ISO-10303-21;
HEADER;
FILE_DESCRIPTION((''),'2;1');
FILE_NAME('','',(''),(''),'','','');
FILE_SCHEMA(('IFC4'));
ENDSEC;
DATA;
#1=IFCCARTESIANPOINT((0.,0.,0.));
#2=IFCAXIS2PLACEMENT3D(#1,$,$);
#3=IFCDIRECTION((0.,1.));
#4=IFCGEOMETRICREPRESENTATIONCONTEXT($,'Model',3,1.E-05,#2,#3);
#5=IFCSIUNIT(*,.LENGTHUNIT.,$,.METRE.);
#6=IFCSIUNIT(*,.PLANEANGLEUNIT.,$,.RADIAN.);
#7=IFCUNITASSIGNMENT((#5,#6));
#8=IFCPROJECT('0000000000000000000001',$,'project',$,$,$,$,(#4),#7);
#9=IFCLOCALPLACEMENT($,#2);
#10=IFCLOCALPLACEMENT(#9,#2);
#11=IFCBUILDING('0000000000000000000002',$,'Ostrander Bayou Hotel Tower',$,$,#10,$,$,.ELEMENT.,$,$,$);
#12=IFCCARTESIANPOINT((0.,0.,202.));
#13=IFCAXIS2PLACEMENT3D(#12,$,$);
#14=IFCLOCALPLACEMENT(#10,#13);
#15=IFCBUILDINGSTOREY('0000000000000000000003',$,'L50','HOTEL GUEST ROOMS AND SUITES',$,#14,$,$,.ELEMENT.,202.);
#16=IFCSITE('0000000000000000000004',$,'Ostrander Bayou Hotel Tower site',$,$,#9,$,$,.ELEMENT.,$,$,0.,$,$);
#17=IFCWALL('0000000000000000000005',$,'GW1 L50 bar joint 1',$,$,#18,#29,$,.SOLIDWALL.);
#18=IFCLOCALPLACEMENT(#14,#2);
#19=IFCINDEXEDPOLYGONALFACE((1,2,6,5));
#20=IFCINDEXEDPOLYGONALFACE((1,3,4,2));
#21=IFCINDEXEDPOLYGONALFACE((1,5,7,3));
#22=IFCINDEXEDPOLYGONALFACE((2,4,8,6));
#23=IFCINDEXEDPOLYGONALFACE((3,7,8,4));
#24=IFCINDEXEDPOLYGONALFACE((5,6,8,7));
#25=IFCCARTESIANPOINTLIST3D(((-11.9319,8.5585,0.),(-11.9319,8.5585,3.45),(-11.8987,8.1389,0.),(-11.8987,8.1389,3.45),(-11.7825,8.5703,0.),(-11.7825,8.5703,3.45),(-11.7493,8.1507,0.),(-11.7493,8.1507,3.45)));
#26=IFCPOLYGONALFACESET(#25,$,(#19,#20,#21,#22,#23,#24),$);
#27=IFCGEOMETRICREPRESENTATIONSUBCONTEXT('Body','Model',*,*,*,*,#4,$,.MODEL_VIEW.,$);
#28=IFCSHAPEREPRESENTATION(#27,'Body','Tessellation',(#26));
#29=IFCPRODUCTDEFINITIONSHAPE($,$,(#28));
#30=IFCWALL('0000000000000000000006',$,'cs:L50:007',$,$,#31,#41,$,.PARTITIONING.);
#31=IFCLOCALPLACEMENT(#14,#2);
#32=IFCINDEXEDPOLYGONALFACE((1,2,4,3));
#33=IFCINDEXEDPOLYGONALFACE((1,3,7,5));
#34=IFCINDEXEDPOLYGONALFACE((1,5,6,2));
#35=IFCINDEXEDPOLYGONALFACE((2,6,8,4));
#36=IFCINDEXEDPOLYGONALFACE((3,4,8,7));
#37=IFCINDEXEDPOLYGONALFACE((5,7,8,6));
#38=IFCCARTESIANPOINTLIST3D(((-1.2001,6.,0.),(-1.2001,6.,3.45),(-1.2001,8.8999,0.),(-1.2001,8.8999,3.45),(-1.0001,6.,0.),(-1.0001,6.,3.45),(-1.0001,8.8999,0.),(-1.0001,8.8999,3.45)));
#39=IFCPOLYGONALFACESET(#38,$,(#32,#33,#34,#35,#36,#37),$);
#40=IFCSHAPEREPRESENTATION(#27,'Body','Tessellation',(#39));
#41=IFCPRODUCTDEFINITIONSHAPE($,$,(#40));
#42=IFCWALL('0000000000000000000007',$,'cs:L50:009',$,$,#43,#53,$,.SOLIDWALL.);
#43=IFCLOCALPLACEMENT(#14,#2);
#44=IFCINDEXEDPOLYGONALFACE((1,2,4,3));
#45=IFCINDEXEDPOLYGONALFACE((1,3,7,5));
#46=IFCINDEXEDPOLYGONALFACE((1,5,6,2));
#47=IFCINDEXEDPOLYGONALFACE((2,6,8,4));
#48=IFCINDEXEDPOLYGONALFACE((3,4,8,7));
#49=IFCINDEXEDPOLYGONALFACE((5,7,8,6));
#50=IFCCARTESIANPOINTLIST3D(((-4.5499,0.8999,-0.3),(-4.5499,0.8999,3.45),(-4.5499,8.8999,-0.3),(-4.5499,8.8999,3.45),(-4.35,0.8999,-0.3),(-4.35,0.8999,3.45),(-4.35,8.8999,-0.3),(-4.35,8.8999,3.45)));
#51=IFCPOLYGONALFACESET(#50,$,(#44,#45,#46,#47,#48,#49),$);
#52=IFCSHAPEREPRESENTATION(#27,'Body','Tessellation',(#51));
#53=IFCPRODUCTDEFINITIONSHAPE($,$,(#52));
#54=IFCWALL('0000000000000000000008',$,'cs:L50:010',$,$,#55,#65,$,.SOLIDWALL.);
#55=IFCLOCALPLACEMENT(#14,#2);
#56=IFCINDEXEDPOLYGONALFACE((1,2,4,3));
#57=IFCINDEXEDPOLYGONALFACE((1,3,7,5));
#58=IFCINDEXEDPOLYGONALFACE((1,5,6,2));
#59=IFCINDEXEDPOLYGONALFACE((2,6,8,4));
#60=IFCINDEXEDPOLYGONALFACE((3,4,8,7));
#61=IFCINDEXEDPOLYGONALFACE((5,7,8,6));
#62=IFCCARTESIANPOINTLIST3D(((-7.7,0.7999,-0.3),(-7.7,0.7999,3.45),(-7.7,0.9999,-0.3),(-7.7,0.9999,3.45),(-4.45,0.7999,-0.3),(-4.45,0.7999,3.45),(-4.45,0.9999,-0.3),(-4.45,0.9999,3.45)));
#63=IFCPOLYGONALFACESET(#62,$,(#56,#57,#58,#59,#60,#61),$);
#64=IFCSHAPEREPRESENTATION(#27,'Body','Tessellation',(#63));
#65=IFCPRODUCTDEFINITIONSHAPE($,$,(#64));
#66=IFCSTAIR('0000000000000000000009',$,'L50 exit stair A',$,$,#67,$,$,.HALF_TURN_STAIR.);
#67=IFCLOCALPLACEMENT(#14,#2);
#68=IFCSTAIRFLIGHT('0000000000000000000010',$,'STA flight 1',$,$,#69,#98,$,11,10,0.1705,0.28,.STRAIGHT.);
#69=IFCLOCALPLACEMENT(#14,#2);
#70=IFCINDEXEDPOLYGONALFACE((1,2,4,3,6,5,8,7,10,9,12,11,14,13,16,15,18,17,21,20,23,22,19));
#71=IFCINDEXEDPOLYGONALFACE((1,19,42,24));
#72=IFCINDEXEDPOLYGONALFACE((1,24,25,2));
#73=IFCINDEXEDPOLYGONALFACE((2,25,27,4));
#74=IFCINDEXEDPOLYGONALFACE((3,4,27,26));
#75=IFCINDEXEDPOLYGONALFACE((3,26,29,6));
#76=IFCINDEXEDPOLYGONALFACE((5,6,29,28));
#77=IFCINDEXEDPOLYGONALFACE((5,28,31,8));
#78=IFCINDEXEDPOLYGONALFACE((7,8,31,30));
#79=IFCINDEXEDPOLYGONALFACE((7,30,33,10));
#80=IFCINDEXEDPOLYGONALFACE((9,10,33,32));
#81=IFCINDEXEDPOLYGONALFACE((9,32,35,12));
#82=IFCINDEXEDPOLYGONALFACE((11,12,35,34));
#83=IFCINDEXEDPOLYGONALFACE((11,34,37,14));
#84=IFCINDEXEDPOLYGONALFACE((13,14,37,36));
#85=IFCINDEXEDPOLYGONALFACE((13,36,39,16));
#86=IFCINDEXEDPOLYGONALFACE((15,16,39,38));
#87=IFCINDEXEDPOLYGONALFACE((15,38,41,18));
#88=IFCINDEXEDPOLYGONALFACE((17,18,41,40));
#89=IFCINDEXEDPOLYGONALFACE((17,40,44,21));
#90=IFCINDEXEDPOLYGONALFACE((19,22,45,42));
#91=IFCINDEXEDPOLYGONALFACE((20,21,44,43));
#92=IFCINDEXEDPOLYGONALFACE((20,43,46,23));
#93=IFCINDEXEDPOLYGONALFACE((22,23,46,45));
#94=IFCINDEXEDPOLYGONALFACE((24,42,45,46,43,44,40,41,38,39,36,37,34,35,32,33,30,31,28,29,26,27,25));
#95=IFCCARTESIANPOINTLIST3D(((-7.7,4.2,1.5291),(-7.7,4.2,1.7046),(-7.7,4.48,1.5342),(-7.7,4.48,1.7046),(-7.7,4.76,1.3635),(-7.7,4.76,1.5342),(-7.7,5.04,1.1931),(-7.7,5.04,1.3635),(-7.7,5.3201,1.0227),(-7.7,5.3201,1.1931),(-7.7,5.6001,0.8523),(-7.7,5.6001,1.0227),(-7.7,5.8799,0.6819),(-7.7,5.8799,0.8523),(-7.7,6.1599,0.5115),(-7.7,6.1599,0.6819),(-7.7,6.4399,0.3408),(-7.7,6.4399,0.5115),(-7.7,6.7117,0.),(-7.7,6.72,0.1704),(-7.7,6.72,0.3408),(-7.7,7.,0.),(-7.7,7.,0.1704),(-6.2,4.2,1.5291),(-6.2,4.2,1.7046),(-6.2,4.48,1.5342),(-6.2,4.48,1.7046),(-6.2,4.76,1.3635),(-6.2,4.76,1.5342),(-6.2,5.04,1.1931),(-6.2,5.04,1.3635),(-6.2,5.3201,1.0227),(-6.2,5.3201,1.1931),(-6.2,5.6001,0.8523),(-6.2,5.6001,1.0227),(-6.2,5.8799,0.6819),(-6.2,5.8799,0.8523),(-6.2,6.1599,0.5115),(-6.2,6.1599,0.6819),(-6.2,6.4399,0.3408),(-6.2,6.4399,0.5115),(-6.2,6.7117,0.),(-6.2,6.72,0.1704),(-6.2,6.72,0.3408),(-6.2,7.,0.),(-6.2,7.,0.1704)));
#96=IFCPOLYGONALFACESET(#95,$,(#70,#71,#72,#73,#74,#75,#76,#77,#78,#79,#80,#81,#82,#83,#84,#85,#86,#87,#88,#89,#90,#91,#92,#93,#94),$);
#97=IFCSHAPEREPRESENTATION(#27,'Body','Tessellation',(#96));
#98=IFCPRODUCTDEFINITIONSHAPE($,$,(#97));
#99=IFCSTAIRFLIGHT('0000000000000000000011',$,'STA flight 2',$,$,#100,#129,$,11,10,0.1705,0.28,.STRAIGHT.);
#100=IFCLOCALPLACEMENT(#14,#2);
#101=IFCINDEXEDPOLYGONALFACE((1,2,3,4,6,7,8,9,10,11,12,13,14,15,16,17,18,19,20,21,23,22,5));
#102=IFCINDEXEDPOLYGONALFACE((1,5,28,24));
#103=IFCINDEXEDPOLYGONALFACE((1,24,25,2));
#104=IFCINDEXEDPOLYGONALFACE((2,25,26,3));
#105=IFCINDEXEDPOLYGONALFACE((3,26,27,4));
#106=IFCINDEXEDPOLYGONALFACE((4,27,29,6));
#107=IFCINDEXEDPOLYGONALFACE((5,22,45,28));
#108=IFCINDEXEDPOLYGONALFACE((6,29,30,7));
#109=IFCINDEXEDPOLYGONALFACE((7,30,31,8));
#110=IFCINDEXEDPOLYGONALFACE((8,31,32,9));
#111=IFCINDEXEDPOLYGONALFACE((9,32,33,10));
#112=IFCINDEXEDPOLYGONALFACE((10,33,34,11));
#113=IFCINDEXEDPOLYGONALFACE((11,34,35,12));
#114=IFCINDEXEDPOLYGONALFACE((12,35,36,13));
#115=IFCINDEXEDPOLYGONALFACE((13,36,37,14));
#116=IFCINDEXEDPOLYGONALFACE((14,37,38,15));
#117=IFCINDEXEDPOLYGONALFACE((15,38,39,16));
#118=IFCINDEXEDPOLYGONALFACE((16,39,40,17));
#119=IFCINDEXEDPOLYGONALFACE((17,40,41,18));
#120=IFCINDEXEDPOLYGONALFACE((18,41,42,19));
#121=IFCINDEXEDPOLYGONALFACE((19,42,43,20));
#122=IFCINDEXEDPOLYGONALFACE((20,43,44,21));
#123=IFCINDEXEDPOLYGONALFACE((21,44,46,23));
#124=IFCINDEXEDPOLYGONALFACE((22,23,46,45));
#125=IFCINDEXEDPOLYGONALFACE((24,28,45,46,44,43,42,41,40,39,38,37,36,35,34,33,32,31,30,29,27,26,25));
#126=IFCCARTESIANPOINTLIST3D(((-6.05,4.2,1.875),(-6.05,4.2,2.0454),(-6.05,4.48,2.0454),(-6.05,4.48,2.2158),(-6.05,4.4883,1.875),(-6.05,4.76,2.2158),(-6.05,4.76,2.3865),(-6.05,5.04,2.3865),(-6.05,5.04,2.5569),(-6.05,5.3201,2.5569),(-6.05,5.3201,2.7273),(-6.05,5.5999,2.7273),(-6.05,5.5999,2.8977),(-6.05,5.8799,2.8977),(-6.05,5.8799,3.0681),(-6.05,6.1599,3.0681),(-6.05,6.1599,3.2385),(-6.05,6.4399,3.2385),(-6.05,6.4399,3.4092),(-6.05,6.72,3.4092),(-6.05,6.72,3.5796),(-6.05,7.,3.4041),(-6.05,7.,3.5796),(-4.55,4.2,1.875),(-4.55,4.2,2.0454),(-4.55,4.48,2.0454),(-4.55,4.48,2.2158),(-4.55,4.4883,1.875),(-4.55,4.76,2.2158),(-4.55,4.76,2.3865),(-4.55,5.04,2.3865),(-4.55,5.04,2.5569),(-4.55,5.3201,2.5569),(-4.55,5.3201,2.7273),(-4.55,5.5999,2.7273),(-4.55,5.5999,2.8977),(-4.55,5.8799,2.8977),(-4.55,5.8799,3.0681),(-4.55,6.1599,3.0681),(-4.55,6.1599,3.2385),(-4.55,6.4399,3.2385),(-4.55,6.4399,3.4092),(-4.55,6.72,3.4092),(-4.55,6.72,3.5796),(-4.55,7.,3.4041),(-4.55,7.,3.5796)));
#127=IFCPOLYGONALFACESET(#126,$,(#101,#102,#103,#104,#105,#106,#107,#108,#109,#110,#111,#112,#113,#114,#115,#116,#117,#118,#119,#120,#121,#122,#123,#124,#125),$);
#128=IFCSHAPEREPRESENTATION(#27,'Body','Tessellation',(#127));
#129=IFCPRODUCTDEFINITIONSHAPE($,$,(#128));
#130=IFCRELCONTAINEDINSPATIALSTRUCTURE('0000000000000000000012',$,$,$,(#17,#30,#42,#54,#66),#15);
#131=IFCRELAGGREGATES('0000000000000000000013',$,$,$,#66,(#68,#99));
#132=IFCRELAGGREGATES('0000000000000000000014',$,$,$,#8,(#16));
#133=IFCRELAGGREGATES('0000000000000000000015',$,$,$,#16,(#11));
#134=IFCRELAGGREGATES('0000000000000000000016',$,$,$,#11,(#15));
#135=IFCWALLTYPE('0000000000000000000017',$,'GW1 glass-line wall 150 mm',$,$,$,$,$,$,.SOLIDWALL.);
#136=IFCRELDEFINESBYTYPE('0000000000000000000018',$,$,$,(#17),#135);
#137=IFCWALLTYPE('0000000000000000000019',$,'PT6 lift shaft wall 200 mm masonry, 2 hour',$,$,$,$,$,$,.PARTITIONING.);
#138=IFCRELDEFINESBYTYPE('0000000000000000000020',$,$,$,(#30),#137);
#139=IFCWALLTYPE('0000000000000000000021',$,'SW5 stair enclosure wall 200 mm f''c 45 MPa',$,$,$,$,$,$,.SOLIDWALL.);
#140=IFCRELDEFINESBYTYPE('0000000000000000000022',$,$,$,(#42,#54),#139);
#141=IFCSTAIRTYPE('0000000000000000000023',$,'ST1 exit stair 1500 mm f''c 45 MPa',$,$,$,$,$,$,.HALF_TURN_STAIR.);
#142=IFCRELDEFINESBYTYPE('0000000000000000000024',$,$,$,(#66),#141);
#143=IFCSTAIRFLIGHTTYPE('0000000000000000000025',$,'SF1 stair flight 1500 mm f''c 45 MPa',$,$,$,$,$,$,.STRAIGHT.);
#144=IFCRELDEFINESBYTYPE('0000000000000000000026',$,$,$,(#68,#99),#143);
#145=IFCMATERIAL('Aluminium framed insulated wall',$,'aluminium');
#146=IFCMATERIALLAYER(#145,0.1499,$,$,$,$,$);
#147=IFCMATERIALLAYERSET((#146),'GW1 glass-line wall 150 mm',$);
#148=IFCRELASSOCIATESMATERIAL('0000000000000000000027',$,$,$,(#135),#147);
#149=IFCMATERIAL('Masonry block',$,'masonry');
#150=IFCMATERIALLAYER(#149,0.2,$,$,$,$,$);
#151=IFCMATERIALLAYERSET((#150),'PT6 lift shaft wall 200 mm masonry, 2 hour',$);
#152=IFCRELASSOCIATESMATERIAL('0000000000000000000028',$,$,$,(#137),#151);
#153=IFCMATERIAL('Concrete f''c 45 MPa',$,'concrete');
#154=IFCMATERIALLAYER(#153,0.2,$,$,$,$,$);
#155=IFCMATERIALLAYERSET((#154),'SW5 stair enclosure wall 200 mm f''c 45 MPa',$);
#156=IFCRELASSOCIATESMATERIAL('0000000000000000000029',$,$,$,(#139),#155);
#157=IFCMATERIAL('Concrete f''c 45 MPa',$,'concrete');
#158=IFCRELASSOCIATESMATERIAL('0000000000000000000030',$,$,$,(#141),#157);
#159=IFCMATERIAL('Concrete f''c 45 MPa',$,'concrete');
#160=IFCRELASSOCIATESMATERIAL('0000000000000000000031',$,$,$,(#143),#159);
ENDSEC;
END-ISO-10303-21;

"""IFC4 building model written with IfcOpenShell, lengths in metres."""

from ifc_helpers import new_model, si_unit, direction, frame, frame_2d, origin, place, context, subcontext, project, spatial, polyline, rectangle, outline, extrude, material, layer, layer_set, type_object, element, aggregate, save


model = new_model("IFC4")

# Units and contexts
model_context = context("Model", 3, precision=1e-05, world=origin(), true_north=direction((0.0, 1.0)))
body_context = subcontext(model_context, "Body", "Model", "MODEL_VIEW")
ifc_project = project(units=[si_unit("LENGTHUNIT", "METRE"), si_unit("PLANEANGLEUNIT", "RADIAN")], contexts=[model_context])

# Site, building, storey
site_placement = place(None, origin())
site = spatial("IfcSite", under=ifc_project, at=site_placement, Name="Ostrander Bayou Hotel Tower site", CompositionType="ELEMENT", RefElevation=0.0)
building_placement = place(site_placement, origin())
building = spatial("IfcBuilding", under=site, at=building_placement, Name="Ostrander Bayou Hotel Tower", CompositionType="ELEMENT")
storey_placement = place(building_placement, frame((0.0, 0.0, 202.0)))
storey = spatial("IfcBuildingStorey", under=building, at=storey_placement, Name="L50", Description="HOTEL GUEST ROOMS AND SUITES", CompositionType="ELEMENT", Elevation=202.0)

# Wall
ifc_material_1 = material(Name="Aluminium framed insulated wall", Category="aluminium")
ifc_layer_1 = layer(ifc_material_1, 0.1499)
ifc_layer_set_1 = layer_set([ifc_layer_1], Name="GW1 glass-line wall 150 mm")
wall_type_1 = type_object("IfcWallType", Name="GW1 glass-line wall 150 mm", PredefinedType="SOLIDWALL", material=ifc_layer_set_1)
wall_1_placement = place(storey_placement, frame((-11.824, 8.1448, 0.0), z_axis=(0.0, 0.0, 1.0), x_axis=(-0.078869, 0.996885, 0.0)))
element("IfcWall", 1, at=wall_1_placement, inside=storey, type_object=wall_type_1, Name="GW1 L50 bar joint 1", PredefinedType="SOLIDWALL", context=body_context, shape_type="SweptSolid", body=[
    extrude(rectangle(XDim=0.4209, YDim=0.1499, at=frame_2d((0.2104, 0.0))), origin(), (0.0, 0.0, 1.0), 3.45),
])

# Shared definitions
ifc_material_2 = material(Name="Masonry block", Category="masonry")
ifc_layer_2 = layer(ifc_material_2, 0.2)
ifc_layer_set_2 = layer_set([ifc_layer_2], Name="PT6 lift shaft wall 200 mm masonry, 2 hour")
wall_type_2 = type_object("IfcWallType", Name="PT6 lift shaft wall 200 mm masonry, 2 hour", PredefinedType="PARTITIONING", material=ifc_layer_set_2)

# Walls
wall_2_placement = place(storey_placement, frame((-1.1001, 6.0, 0.0), z_axis=(0.0, 0.0, 1.0), x_axis=(0.0, 1.0, 0.0)))
element("IfcWall", 2, at=wall_2_placement, inside=storey, type_object=wall_type_2, Name="cs:L50:007", PredefinedType="PARTITIONING", context=body_context, shape_type="SweptSolid", body=[
    extrude(rectangle(XDim=2.8999, YDim=0.2, at=frame_2d((1.45, 0.0))), origin(), (0.0, 0.0, 1.0), 3.45),
])
ifc_material_3 = material(Name="Concrete f'c 45 MPa", Category="concrete")
ifc_layer_3 = layer(ifc_material_3, 0.2)
ifc_layer_set_3 = layer_set([ifc_layer_3], Name="SW5 stair enclosure wall 200 mm f'c 45 MPa")
wall_type_3 = type_object("IfcWallType", Name="SW5 stair enclosure wall 200 mm f'c 45 MPa", PredefinedType="SOLIDWALL", material=ifc_layer_set_3)
wall_3_placement = place(storey_placement, frame((-4.45, 0.8999, -0.3), z_axis=(0.0, 0.0, 1.0), x_axis=(0.0, 1.0, 0.0)))
element("IfcWall", 3, at=wall_3_placement, inside=storey, type_object=wall_type_3, Name="cs:L50:009", PredefinedType="SOLIDWALL", context=body_context, shape_type="SweptSolid", body=[
    extrude(rectangle(XDim=8.0, YDim=0.2, at=frame_2d((4.0, 0.0))), origin(), (0.0, 0.0, 1.0), 3.75),
])
wall_4_placement = place(storey_placement, frame((-7.7, 0.8999, -0.3), z_axis=(0.0, 0.0, 1.0), x_axis=(1.0, 0.0, 0.0)))
element("IfcWall", 4, at=wall_4_placement, inside=storey, type_object=wall_type_3, Name="cs:L50:010", PredefinedType="SOLIDWALL", context=body_context, shape_type="SweptSolid", body=[
    extrude(rectangle(XDim=3.25, YDim=0.2, at=frame_2d((1.625, 0.0))), origin(), (0.0, 0.0, 1.0), 3.75),
])

# Stair, stair flights
ifc_material_4 = material(Name="Concrete f'c 45 MPa", Category="concrete")
stair_type = type_object("IfcStairType", Name="ST1 exit stair 1500 mm f'c 45 MPa", PredefinedType="HALF_TURN_STAIR", material=ifc_material_4)
stair_placement = place(storey_placement, origin())
stair = element("IfcStair", 5, at=stair_placement, inside=storey, type_object=stair_type, Name="L50 exit stair A", PredefinedType="HALF_TURN_STAIR")
ifc_material_5 = material(Name="Concrete f'c 45 MPa", Category="concrete")
stair_flight_type = type_object("IfcStairFlightType", Name="SF1 stair flight 1500 mm f'c 45 MPa", PredefinedType="STRAIGHT", material=ifc_material_5)
stair_flight_1_placement = place(storey_placement, frame((-6.95, 7.0, 0.0), z_axis=(0.0, 0.0, 1.0), x_axis=(0.0, -1.0, 0.0)))
stair_flight_1 = element("IfcStairFlight", 6, at=stair_flight_1_placement, type_object=stair_flight_type, Name="STA flight 1", NumberOfRisers=11, NumberOfTreads=10, PredefinedType="STRAIGHT", RiserHeight=0.1705, TreadLength=0.28, context=body_context, shape_type="SweptSolid", body=[
    extrude(outline(polyline([(0.0, 0.0), (0.0, 0.1704), (0.28, 0.1704), (0.28, 0.3408), (0.5601, 0.3408), (0.5601, 0.5115), (0.8401, 0.5115), (0.8401, 0.6819), (1.1201, 0.6819), (1.1201, 0.8523), (1.3999, 0.8523), (1.3999, 1.0227), (1.6799, 1.0227), (1.6799, 1.1931), (1.96, 1.1931), (1.96, 1.3635), (2.24, 1.3635), (2.24, 1.5342), (2.52, 1.5342), (2.52, 1.7046), (2.8, 1.7046), (2.8, 1.875), (2.8, 1.5291), (0.2883, 0.0), (0.0, 0.0)])), frame((0.0, 0.75, 0.0), z_axis=(0.0, -1.0, 0.0), x_axis=(1.0, 0.0, 0.0)), (0.0, 0.0, 1.0), 1.5),
])
stair_flight_2_placement = place(storey_placement, frame((-5.3, 4.2, 1.875), z_axis=(0.0, 0.0, 1.0), x_axis=(0.0, 1.0, 0.0)))
stair_flight_2 = element("IfcStairFlight", 7, at=stair_flight_2_placement, type_object=stair_flight_type, Name="STA flight 2", NumberOfRisers=11, NumberOfTreads=10, PredefinedType="STRAIGHT", RiserHeight=0.1705, TreadLength=0.28, context=body_context, shape_type="SweptSolid", body=[
    extrude(outline(polyline([(0.0, 0.0), (0.0, 0.1704), (0.28, 0.1704), (0.28, 0.3408), (0.5601, 0.3408), (0.5601, 0.5115), (0.8401, 0.5115), (0.8401, 0.6819), (1.1201, 0.6819), (1.1201, 0.8523), (1.3999, 0.8523), (1.3999, 1.0227), (1.6799, 1.0227), (1.6799, 1.1931), (1.96, 1.1931), (1.96, 1.3635), (2.24, 1.3635), (2.24, 1.5342), (2.52, 1.5342), (2.52, 1.7046), (2.8, 1.7046), (2.8, 1.875), (2.8, 1.5291), (0.2883, 0.0), (0.0, 0.0)])), frame((0.0, 0.75, 0.0), z_axis=(0.0, -1.0, 0.0), x_axis=(1.0, 0.0, 0.0)), (0.0, 0.0, 1.0), 1.5),
])
aggregate(stair, [stair_flight_1, stair_flight_2])

save(model, "model.ifc")
